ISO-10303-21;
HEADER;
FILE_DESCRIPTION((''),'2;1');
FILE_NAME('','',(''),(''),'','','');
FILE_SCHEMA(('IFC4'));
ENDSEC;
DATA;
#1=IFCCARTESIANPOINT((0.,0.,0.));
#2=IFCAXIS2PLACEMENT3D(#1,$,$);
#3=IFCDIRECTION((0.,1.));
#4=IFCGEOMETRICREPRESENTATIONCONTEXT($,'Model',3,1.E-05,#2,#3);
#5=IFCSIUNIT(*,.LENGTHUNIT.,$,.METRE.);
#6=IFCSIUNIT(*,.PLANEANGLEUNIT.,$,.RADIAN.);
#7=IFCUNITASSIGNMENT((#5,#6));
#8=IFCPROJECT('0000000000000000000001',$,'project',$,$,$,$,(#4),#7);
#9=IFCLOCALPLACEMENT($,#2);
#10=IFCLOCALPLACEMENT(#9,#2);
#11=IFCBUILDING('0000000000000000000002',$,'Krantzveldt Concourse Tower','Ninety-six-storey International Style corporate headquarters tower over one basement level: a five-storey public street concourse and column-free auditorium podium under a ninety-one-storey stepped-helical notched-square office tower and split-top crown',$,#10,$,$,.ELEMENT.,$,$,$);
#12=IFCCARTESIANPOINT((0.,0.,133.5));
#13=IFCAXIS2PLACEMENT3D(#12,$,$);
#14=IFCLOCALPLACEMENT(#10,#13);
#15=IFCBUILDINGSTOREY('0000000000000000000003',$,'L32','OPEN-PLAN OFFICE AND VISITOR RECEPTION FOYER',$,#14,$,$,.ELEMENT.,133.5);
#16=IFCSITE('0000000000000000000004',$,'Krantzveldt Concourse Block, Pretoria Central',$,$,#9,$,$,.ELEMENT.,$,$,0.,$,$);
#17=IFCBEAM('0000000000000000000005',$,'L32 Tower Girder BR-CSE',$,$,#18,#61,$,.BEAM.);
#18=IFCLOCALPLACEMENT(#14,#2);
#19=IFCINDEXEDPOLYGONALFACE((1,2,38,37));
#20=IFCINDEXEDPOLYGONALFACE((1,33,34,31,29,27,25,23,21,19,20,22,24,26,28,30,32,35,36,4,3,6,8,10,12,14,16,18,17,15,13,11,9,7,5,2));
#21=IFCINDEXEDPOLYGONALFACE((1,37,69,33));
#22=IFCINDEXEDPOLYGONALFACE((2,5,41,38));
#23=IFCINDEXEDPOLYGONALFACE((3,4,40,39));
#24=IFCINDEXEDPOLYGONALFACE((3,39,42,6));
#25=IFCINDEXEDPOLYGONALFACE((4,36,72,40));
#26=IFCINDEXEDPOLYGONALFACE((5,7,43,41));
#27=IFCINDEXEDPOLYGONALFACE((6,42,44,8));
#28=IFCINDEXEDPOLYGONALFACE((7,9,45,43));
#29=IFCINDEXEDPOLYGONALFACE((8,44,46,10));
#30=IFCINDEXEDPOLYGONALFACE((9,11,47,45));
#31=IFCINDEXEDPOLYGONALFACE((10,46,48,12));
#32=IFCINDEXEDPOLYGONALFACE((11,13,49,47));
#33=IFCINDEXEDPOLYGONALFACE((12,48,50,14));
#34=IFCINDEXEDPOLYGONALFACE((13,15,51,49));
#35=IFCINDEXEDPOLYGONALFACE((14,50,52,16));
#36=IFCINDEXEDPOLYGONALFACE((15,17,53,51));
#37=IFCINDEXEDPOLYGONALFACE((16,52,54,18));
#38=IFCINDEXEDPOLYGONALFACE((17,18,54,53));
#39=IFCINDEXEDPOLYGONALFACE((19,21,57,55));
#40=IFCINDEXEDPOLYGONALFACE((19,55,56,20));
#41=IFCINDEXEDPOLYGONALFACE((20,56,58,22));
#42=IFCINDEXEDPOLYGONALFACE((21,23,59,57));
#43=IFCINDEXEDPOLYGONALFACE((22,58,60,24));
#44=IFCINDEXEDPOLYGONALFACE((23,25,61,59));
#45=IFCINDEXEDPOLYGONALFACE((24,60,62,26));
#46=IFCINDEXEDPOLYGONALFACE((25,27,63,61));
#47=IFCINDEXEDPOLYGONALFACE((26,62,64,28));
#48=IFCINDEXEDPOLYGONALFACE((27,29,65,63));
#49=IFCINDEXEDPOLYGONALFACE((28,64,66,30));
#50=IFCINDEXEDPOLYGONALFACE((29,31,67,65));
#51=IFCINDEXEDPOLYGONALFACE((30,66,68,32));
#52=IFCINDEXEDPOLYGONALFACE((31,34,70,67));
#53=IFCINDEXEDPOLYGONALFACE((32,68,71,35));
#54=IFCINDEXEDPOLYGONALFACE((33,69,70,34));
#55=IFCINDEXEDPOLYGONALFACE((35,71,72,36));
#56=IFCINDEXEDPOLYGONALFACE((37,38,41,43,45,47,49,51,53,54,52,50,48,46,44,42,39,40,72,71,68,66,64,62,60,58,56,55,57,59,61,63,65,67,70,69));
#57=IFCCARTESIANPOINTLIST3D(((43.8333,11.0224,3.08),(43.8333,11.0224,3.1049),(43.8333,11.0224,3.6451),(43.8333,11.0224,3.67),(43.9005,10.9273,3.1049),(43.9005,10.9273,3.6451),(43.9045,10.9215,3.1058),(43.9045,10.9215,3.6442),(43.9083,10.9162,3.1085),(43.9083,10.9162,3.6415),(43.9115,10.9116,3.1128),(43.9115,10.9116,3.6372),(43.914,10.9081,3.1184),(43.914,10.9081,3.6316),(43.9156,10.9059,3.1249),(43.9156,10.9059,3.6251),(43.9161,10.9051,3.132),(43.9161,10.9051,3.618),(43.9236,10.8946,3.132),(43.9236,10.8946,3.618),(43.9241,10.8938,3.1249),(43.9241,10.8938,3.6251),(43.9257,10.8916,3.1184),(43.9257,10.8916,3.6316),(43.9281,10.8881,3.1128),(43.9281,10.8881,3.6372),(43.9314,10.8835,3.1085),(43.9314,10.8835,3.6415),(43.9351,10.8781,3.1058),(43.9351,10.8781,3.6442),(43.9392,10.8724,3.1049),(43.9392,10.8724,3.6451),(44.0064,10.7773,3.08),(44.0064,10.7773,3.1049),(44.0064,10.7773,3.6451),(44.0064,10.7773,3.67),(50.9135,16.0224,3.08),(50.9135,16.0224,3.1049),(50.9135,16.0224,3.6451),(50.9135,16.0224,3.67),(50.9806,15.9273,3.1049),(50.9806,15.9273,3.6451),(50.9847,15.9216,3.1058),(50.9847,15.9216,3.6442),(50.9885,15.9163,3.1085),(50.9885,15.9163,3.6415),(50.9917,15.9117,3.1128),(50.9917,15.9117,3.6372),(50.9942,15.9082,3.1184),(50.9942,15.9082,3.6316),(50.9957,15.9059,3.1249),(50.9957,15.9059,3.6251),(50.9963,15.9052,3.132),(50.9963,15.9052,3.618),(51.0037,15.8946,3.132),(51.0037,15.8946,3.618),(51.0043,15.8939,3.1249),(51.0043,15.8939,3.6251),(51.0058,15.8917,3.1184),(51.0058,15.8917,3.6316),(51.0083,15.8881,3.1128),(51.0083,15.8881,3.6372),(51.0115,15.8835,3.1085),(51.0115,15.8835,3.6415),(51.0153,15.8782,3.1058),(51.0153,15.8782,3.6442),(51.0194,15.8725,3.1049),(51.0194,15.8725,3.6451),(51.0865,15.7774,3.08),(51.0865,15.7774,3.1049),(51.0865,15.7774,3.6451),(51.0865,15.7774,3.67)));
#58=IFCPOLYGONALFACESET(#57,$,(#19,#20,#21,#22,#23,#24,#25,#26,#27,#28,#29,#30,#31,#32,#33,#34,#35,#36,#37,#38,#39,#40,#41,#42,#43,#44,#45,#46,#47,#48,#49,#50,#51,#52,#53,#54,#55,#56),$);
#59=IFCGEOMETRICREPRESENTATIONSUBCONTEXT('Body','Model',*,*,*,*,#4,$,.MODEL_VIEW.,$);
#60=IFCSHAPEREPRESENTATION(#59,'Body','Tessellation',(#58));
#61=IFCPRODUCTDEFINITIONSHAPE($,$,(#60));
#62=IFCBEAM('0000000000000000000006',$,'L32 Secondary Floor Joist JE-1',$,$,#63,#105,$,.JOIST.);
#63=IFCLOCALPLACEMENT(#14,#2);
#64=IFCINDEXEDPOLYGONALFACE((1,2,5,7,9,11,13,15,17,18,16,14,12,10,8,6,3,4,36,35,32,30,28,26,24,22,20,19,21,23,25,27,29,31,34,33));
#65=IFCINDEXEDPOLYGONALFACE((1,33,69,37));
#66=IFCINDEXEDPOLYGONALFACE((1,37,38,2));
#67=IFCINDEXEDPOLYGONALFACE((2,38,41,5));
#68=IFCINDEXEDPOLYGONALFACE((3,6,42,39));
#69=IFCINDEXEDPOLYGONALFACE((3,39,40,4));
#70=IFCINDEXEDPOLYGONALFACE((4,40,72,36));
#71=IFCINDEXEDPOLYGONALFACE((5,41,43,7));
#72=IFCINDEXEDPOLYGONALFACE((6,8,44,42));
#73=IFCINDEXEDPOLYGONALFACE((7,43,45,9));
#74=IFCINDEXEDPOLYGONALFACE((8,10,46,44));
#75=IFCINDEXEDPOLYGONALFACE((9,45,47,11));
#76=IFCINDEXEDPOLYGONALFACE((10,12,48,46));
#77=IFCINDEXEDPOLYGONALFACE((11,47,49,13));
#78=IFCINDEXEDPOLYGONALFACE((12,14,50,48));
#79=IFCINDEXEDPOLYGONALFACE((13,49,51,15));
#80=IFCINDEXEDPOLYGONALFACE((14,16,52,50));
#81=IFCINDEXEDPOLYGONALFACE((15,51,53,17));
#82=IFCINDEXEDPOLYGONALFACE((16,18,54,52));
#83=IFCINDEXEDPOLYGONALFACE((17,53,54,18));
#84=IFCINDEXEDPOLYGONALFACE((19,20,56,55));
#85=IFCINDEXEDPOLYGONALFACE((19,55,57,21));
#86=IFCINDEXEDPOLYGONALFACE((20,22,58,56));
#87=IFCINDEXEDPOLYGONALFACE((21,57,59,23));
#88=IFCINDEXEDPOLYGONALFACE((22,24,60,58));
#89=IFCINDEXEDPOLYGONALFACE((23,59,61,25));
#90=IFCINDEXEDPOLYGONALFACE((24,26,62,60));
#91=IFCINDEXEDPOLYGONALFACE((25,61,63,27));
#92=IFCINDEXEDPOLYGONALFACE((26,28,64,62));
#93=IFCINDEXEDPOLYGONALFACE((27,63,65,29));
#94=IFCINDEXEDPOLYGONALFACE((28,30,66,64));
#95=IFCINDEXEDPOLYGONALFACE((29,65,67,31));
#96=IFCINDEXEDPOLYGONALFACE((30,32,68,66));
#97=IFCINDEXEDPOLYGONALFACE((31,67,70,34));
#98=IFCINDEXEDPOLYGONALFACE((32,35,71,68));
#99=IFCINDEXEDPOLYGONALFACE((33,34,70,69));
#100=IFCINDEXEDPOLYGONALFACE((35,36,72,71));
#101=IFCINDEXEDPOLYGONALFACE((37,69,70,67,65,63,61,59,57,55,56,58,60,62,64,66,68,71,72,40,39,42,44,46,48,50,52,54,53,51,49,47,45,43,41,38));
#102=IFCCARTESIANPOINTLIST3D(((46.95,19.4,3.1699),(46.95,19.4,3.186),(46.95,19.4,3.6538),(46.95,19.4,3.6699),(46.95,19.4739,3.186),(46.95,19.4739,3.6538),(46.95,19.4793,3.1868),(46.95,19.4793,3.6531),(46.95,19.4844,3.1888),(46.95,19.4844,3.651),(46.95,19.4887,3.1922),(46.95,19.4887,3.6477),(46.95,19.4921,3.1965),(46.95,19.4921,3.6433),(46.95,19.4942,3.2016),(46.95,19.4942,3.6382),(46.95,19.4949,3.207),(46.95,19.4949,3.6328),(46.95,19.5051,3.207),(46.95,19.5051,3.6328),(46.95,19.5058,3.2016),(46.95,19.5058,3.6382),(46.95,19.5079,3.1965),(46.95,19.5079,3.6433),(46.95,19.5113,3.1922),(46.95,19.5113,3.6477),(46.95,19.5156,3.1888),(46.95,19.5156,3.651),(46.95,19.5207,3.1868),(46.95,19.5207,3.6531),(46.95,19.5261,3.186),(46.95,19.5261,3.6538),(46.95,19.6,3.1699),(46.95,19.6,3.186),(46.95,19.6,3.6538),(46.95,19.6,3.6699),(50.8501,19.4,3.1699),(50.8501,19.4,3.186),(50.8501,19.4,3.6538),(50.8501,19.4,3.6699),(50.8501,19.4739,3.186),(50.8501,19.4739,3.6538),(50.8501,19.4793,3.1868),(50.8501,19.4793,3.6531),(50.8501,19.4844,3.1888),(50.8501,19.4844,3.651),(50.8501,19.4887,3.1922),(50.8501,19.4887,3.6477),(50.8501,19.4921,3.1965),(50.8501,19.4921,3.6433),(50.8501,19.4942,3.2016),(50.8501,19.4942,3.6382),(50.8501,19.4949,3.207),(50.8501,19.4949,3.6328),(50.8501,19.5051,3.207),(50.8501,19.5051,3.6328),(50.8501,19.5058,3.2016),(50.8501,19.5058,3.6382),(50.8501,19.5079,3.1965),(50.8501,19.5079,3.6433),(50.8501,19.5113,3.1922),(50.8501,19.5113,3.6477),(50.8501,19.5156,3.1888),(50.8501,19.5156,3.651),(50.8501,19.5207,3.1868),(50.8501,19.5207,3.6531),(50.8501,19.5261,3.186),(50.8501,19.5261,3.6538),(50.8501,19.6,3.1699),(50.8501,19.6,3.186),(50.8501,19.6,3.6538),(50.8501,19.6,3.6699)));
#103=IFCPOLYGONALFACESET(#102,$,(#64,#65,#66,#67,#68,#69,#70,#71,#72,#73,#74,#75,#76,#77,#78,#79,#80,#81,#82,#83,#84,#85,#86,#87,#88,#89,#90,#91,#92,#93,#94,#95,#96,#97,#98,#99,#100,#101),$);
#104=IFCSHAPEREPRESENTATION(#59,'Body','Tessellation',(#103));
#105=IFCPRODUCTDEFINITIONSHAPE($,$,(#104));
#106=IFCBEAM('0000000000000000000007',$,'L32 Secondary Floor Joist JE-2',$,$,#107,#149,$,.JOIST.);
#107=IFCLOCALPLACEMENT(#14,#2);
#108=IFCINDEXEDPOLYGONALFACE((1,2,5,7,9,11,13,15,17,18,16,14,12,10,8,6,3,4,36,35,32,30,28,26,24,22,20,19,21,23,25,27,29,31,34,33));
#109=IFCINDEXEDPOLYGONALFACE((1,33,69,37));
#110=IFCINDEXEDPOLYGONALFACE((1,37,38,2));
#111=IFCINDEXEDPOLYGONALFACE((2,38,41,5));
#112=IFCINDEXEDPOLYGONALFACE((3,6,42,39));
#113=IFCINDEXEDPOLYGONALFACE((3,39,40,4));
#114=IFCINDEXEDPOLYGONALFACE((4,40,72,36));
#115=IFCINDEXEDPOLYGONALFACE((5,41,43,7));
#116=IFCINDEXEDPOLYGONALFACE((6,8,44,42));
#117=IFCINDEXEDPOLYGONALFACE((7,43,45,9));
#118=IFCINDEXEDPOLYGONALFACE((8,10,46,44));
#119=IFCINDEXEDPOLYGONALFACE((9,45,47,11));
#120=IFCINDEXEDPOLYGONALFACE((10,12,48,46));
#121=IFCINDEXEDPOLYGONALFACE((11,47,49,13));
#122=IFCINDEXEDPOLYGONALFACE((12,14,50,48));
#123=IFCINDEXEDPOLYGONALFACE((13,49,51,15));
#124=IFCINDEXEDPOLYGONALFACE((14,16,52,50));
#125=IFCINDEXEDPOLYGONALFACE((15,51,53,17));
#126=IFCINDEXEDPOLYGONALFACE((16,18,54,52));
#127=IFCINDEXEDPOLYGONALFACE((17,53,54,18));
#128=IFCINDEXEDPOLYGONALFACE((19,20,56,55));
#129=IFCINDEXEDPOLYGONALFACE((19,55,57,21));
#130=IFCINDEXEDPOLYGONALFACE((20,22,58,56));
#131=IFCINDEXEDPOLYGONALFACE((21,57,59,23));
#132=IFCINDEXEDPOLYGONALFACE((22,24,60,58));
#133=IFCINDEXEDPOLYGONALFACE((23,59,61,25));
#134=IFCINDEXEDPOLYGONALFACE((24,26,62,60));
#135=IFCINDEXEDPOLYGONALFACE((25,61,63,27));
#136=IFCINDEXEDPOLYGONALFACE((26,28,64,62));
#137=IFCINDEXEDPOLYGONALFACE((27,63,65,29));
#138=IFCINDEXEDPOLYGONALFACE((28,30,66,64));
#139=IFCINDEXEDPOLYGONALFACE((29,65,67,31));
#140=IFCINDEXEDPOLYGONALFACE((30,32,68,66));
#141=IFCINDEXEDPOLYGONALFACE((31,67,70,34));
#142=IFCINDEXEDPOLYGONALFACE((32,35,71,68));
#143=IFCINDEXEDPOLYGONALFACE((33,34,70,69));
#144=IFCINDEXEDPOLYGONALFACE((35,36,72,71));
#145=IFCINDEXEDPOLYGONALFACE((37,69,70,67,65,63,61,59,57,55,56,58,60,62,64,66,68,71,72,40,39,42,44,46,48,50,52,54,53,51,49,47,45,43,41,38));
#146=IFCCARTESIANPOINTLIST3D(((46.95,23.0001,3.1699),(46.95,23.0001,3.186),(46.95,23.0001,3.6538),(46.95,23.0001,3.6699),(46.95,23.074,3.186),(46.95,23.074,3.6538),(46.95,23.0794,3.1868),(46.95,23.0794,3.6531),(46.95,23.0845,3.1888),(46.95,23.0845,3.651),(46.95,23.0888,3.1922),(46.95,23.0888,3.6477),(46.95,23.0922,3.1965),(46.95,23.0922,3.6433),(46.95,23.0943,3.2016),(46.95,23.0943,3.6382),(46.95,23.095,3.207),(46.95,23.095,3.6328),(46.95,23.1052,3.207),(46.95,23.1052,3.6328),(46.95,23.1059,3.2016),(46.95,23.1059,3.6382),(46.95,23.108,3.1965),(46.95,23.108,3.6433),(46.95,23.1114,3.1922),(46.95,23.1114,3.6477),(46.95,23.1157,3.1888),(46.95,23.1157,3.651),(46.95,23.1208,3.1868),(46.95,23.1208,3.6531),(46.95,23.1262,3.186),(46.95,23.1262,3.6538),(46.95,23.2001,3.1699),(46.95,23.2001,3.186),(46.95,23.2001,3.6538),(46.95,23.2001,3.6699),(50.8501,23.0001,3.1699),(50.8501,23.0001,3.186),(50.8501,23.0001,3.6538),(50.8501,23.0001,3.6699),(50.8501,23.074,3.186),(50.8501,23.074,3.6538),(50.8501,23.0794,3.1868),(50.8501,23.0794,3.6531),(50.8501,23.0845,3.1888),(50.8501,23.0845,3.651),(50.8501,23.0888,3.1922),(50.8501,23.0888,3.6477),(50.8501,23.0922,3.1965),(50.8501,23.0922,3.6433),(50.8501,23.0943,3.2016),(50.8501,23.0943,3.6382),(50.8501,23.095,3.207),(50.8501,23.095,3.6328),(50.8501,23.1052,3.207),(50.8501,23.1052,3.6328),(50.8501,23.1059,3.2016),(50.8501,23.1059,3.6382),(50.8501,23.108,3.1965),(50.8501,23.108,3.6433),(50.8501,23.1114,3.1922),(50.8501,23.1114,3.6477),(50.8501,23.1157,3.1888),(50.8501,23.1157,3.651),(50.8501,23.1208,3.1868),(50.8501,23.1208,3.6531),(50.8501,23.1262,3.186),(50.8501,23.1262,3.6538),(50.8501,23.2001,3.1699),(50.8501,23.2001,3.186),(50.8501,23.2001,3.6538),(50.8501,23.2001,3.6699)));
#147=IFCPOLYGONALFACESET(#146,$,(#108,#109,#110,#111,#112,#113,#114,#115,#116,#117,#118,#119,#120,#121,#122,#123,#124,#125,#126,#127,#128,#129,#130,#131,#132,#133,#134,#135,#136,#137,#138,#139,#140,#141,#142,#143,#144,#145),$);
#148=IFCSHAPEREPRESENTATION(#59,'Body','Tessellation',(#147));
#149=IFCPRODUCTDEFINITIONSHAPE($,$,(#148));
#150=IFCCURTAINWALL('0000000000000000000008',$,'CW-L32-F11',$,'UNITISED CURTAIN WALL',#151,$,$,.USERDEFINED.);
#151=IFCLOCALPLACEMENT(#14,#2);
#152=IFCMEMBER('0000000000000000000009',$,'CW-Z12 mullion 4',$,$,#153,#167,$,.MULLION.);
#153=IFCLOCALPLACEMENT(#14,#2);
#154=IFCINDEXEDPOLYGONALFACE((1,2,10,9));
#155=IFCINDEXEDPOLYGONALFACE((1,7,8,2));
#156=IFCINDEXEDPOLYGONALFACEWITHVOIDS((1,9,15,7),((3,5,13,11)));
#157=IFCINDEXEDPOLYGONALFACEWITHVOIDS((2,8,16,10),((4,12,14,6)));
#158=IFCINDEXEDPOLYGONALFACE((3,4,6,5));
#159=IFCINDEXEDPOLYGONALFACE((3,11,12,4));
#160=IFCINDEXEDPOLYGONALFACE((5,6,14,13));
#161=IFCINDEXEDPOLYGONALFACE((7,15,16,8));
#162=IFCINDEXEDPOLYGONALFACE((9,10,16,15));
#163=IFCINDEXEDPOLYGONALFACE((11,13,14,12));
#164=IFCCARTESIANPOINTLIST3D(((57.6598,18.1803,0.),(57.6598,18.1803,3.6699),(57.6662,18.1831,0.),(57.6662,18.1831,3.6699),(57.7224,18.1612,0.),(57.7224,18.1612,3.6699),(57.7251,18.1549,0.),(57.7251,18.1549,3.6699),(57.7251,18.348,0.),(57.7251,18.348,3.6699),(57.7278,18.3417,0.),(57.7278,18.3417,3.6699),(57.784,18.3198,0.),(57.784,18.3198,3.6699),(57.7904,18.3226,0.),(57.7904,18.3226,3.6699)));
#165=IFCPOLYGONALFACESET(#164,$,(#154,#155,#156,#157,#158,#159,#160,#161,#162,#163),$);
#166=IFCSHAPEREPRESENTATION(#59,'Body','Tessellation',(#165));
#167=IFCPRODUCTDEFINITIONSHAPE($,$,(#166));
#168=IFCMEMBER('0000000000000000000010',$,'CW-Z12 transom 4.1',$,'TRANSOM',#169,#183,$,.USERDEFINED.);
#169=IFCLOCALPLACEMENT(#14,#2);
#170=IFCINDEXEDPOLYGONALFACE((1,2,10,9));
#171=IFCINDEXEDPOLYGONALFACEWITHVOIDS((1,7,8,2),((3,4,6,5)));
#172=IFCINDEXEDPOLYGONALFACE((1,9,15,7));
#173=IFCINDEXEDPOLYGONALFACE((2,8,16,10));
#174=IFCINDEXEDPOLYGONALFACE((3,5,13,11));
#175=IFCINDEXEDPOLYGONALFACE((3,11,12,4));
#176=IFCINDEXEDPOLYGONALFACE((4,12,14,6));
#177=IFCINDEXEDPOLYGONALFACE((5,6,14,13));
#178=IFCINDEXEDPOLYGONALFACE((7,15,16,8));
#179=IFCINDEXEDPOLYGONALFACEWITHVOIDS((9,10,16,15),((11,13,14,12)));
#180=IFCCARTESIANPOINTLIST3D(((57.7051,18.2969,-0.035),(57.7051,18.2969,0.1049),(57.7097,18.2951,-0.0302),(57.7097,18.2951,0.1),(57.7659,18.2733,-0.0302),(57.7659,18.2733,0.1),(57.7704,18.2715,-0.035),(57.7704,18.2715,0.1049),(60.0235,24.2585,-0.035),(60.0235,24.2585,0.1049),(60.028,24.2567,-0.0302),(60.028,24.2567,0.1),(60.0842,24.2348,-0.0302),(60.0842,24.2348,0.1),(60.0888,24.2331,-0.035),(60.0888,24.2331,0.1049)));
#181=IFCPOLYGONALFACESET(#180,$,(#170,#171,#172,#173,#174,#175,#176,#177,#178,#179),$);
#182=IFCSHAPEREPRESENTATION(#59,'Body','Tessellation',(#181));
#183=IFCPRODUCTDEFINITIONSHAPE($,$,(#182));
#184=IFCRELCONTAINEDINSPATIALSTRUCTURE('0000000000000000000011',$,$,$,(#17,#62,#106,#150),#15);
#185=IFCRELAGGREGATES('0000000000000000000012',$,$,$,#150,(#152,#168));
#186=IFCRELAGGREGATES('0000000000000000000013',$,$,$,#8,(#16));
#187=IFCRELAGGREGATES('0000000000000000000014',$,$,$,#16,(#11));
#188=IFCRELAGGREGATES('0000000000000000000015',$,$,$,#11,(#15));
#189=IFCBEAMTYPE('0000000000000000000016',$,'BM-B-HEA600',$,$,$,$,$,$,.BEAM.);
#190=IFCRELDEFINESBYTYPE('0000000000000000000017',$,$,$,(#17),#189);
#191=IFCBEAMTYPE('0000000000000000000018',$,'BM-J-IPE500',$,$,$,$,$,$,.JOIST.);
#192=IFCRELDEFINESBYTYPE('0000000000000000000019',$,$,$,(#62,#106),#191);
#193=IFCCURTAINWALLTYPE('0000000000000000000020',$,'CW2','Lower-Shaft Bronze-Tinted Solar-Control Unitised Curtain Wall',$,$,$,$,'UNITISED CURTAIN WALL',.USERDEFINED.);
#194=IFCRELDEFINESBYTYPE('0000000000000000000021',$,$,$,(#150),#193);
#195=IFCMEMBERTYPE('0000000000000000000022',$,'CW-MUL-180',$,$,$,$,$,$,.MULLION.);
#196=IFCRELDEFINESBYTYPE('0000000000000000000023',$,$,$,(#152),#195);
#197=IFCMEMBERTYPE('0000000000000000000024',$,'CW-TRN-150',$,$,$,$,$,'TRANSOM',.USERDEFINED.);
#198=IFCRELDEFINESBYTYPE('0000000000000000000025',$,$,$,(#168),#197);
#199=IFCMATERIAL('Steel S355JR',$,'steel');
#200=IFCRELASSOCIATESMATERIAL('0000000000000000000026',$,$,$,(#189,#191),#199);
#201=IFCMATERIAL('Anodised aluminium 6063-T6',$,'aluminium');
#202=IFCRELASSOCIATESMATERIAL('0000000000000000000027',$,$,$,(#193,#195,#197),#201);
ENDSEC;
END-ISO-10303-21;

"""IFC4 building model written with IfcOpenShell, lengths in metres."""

from ifc_helpers import new_model, si_unit, direction, frame, origin, origin_2d, place, context, subcontext, project, spatial, hollow_rectangle, i_section, extrude, source, transform, mapped, material, material_profile, profile_set, type_object, type_shapes, element, aggregate, save


model = new_model("IFC4")

# Units and contexts
model_context = context("Model", 3, precision=1e-05, world=origin(), true_north=direction((0.0, 1.0)))
body_context = subcontext(model_context, "Body", "Model", "MODEL_VIEW")
ifc_project = project(units=[si_unit("LENGTHUNIT", "METRE"), si_unit("PLANEANGLEUNIT", "RADIAN")], contexts=[model_context])

# Site, building, storey
site_placement = place(None, origin())
site = spatial("IfcSite", under=ifc_project, at=site_placement, Name="Krantzveldt Concourse Block, Pretoria Central", CompositionType="ELEMENT", RefElevation=0.0)
building_placement = place(site_placement, origin())
building = spatial("IfcBuilding", under=site, at=building_placement, Name="Krantzveldt Concourse Tower", Description="Ninety-six-storey International Style corporate headquarters tower over one basement level: a five-storey public street concourse and column-free auditorium podium under a ninety-one-storey stepped-helical notched-square office tower and split-top crown", CompositionType="ELEMENT")
storey_placement = place(building_placement, frame((0.0, 0.0, 133.5)))
storey = spatial("IfcBuildingStorey", under=building, at=storey_placement, Name="L32", Description="OPEN-PLAN OFFICE AND VISITOR RECEPTION FOYER", CompositionType="ELEMENT", Elevation=133.5)

# Beams
ifc_material_1 = material(Name="Steel S355JR", Category="steel")
ifc_material_profile_1 = material_profile(ifc_material_1, i_section(OverallWidth=0.3, OverallDepth=0.5901, WebThickness=0.0129, FlangeThickness=0.0249, FilletRadius=0.0271, at=origin_2d()), Name="Steel S355JR", Category="steel")
ifc_profile_set_1 = profile_set([ifc_material_profile_1], Name="Steel S355JR - HEA 600")
beam_type_1 = type_object("IfcBeamType", Name="BM-B-HEA600", PredefinedType="BEAM", material=ifc_profile_set_1)
shared_shape_1 = source(origin(), body_context, "Body", "SweptSolid", [
    extrude(i_section(OverallWidth=0.3, OverallDepth=0.5901, WebThickness=0.0129, FlangeThickness=0.0249, FilletRadius=0.0271, at=origin_2d()), origin(), (0.0, 0.0, 1.0), 8.6677),
])
beam_1_placement = place(storey_placement, frame((51.0, 15.8999, 3.375), z_axis=(-0.816843, -0.57686, 0.0), x_axis=(0.57686, -0.816843, 0.0)))
element("IfcBeam", 1, at=beam_1_placement, inside=storey, type_object=beam_type_1, Name="L32 Tower Girder BR-CSE", PredefinedType="BEAM", context=body_context, shape_type="MappedRepresentation", body=[
    mapped(shared_shape_1, transform((0.0, 0.0, 0.0), x_axis=(1.0, 0.0, 0.0), y_axis=(0.0, 1.0, 0.0), z_axis=(0.0, 0.0, 1.0), scale=1.0)),
])
ifc_material_profile_2 = material_profile(ifc_material_1, i_section(OverallWidth=0.2, OverallDepth=0.5, WebThickness=0.0103, FlangeThickness=0.0161, FilletRadius=0.021, at=origin_2d()), Name="Steel S355JR", Category="steel")
ifc_profile_set_2 = profile_set([ifc_material_profile_2], Name="Steel S355JR - IPE 500")
beam_type_2 = type_object("IfcBeamType", Name="BM-J-IPE500", PredefinedType="JOIST", material=ifc_profile_set_2)
shared_shape_2 = source(origin(), body_context, "Body", "SweptSolid", [
    extrude(i_section(OverallWidth=0.2, OverallDepth=0.5, WebThickness=0.0103, FlangeThickness=0.0161, FilletRadius=0.021, at=origin_2d()), origin(), (0.0, 0.0, 1.0), 3.9001),
])
type_shapes(beam_type_2, [shared_shape_2])
for number, where, z_axis, x_axis, name in (
    (2, (46.95, 19.5, 3.4199), (1.0, 0.0, 0.0), (0.0, 1.0, 0.0), "L32 Secondary Floor Joist JE-1"),
    (3, (46.95, 23.1001, 3.4199), (1.0, 0.0, 0.0), (0.0, 1.0, 0.0), "L32 Secondary Floor Joist JE-2"),
):
    element("IfcBeam", number, at=place(storey_placement, frame(where, z_axis=z_axis, x_axis=x_axis)), inside=storey, type_object=beam_type_2, Name=name, PredefinedType="JOIST", context=body_context, shape_type="MappedRepresentation", body=[
        mapped(shared_shape_2, transform((0.0, 0.0, 0.0), x_axis=(1.0, 0.0, 0.0), y_axis=(0.0, 1.0, 0.0), z_axis=(0.0, 0.0, 1.0), scale=1.0)),
    ])

# Curtain wall, members
ifc_material_2 = material(Name="Anodised aluminium 6063-T6", Category="aluminium")
curtain_wall_type = type_object("IfcCurtainWallType", Name="CW2", Description="Lower-Shaft Bronze-Tinted Solar-Control Unitised Curtain Wall", ElementType="UNITISED CURTAIN WALL", PredefinedType="USERDEFINED", material=ifc_material_2)
curtain_wall_placement = place(storey_placement, origin())
curtain_wall = element("IfcCurtainWall", 4, at=curtain_wall_placement, inside=storey, type_object=curtain_wall_type, Name="CW-L32-F11", ObjectType="UNITISED CURTAIN WALL", PredefinedType="USERDEFINED")
ifc_material_profile_3 = material_profile(ifc_material_2, hollow_rectangle(XDim=0.0701, YDim=0.1799, WallThickness=0.0049, at=origin_2d()), Name="Anodised aluminium 6063-T6", Category="aluminium")
ifc_profile_set_3 = profile_set([ifc_material_profile_3], Name="Anodised aluminium 6063-T6 - ALU-MULL 180x70x5")
member_type_1 = type_object("IfcMemberType", Name="CW-MUL-180", PredefinedType="MULLION", material=ifc_profile_set_3)
shared_shape_3 = source(origin(), body_context, "Body", "SweptSolid", [
    extrude(hollow_rectangle(XDim=0.0701, YDim=0.1799, WallThickness=0.0049, at=origin_2d()), origin(), (0.0, 0.0, 1.0), 3.6699),
])
type_shapes(member_type_1, [shared_shape_3])
member_1_placement = place(storey_placement, frame((57.7251, 18.2515, 0.0), z_axis=(0.0, 0.0, 1.0), x_axis=(-0.932008, 0.362438, 0.0)))
member_1 = element("IfcMember", 5, at=member_1_placement, type_object=member_type_1, Name="CW-Z12 mullion 4", PredefinedType="MULLION", context=body_context, shape_type="MappedRepresentation", body=[
    mapped(shared_shape_3, transform((0.0, 0.0, 0.0), x_axis=(1.0, 0.0, 0.0), y_axis=(0.0, 1.0, 0.0), z_axis=(0.0, 0.0, 1.0), scale=1.0)),
])
ifc_material_profile_4 = material_profile(ifc_material_2, hollow_rectangle(XDim=0.0701, YDim=0.1399, WallThickness=0.0049, at=origin_2d()), Name="Anodised aluminium 6063-T6", Category="aluminium")
ifc_profile_set_4 = profile_set([ifc_material_profile_4], Name="Anodised aluminium 6063-T6 - ALU-TRAN 140x70x5")
member_type_2 = type_object("IfcMemberType", Name="CW-TRN-150", ElementType="TRANSOM", PredefinedType="USERDEFINED", material=ifc_profile_set_4)
shared_shape_4 = source(origin(), body_context, "Body", "SweptSolid", [
    extrude(hollow_rectangle(XDim=0.0701, YDim=0.1399, WallThickness=0.0049, at=origin_2d()), origin(), (0.0, 0.0, 1.0), 6.3965),
])
type_shapes(member_type_2, [shared_shape_4])
member_2_placement = place(storey_placement, frame((57.7378, 18.2842, 0.0349), z_axis=(0.362437, 0.932008, 0.0), x_axis=(-0.932008, 0.362437, 0.0)))
member_2 = element("IfcMember", 6, at=member_2_placement, type_object=member_type_2, Name="CW-Z12 transom 4.1", ObjectType="TRANSOM", PredefinedType="USERDEFINED", context=body_context, shape_type="MappedRepresentation", body=[
    mapped(shared_shape_4, transform((0.0, 0.0, 0.0), x_axis=(1.0, 0.0, 0.0), y_axis=(0.0, 1.0, 0.0), z_axis=(0.0, 0.0, 1.0), scale=1.0)),
])
aggregate(curtain_wall, [member_1, member_2])

save(model, "model.ifc")
